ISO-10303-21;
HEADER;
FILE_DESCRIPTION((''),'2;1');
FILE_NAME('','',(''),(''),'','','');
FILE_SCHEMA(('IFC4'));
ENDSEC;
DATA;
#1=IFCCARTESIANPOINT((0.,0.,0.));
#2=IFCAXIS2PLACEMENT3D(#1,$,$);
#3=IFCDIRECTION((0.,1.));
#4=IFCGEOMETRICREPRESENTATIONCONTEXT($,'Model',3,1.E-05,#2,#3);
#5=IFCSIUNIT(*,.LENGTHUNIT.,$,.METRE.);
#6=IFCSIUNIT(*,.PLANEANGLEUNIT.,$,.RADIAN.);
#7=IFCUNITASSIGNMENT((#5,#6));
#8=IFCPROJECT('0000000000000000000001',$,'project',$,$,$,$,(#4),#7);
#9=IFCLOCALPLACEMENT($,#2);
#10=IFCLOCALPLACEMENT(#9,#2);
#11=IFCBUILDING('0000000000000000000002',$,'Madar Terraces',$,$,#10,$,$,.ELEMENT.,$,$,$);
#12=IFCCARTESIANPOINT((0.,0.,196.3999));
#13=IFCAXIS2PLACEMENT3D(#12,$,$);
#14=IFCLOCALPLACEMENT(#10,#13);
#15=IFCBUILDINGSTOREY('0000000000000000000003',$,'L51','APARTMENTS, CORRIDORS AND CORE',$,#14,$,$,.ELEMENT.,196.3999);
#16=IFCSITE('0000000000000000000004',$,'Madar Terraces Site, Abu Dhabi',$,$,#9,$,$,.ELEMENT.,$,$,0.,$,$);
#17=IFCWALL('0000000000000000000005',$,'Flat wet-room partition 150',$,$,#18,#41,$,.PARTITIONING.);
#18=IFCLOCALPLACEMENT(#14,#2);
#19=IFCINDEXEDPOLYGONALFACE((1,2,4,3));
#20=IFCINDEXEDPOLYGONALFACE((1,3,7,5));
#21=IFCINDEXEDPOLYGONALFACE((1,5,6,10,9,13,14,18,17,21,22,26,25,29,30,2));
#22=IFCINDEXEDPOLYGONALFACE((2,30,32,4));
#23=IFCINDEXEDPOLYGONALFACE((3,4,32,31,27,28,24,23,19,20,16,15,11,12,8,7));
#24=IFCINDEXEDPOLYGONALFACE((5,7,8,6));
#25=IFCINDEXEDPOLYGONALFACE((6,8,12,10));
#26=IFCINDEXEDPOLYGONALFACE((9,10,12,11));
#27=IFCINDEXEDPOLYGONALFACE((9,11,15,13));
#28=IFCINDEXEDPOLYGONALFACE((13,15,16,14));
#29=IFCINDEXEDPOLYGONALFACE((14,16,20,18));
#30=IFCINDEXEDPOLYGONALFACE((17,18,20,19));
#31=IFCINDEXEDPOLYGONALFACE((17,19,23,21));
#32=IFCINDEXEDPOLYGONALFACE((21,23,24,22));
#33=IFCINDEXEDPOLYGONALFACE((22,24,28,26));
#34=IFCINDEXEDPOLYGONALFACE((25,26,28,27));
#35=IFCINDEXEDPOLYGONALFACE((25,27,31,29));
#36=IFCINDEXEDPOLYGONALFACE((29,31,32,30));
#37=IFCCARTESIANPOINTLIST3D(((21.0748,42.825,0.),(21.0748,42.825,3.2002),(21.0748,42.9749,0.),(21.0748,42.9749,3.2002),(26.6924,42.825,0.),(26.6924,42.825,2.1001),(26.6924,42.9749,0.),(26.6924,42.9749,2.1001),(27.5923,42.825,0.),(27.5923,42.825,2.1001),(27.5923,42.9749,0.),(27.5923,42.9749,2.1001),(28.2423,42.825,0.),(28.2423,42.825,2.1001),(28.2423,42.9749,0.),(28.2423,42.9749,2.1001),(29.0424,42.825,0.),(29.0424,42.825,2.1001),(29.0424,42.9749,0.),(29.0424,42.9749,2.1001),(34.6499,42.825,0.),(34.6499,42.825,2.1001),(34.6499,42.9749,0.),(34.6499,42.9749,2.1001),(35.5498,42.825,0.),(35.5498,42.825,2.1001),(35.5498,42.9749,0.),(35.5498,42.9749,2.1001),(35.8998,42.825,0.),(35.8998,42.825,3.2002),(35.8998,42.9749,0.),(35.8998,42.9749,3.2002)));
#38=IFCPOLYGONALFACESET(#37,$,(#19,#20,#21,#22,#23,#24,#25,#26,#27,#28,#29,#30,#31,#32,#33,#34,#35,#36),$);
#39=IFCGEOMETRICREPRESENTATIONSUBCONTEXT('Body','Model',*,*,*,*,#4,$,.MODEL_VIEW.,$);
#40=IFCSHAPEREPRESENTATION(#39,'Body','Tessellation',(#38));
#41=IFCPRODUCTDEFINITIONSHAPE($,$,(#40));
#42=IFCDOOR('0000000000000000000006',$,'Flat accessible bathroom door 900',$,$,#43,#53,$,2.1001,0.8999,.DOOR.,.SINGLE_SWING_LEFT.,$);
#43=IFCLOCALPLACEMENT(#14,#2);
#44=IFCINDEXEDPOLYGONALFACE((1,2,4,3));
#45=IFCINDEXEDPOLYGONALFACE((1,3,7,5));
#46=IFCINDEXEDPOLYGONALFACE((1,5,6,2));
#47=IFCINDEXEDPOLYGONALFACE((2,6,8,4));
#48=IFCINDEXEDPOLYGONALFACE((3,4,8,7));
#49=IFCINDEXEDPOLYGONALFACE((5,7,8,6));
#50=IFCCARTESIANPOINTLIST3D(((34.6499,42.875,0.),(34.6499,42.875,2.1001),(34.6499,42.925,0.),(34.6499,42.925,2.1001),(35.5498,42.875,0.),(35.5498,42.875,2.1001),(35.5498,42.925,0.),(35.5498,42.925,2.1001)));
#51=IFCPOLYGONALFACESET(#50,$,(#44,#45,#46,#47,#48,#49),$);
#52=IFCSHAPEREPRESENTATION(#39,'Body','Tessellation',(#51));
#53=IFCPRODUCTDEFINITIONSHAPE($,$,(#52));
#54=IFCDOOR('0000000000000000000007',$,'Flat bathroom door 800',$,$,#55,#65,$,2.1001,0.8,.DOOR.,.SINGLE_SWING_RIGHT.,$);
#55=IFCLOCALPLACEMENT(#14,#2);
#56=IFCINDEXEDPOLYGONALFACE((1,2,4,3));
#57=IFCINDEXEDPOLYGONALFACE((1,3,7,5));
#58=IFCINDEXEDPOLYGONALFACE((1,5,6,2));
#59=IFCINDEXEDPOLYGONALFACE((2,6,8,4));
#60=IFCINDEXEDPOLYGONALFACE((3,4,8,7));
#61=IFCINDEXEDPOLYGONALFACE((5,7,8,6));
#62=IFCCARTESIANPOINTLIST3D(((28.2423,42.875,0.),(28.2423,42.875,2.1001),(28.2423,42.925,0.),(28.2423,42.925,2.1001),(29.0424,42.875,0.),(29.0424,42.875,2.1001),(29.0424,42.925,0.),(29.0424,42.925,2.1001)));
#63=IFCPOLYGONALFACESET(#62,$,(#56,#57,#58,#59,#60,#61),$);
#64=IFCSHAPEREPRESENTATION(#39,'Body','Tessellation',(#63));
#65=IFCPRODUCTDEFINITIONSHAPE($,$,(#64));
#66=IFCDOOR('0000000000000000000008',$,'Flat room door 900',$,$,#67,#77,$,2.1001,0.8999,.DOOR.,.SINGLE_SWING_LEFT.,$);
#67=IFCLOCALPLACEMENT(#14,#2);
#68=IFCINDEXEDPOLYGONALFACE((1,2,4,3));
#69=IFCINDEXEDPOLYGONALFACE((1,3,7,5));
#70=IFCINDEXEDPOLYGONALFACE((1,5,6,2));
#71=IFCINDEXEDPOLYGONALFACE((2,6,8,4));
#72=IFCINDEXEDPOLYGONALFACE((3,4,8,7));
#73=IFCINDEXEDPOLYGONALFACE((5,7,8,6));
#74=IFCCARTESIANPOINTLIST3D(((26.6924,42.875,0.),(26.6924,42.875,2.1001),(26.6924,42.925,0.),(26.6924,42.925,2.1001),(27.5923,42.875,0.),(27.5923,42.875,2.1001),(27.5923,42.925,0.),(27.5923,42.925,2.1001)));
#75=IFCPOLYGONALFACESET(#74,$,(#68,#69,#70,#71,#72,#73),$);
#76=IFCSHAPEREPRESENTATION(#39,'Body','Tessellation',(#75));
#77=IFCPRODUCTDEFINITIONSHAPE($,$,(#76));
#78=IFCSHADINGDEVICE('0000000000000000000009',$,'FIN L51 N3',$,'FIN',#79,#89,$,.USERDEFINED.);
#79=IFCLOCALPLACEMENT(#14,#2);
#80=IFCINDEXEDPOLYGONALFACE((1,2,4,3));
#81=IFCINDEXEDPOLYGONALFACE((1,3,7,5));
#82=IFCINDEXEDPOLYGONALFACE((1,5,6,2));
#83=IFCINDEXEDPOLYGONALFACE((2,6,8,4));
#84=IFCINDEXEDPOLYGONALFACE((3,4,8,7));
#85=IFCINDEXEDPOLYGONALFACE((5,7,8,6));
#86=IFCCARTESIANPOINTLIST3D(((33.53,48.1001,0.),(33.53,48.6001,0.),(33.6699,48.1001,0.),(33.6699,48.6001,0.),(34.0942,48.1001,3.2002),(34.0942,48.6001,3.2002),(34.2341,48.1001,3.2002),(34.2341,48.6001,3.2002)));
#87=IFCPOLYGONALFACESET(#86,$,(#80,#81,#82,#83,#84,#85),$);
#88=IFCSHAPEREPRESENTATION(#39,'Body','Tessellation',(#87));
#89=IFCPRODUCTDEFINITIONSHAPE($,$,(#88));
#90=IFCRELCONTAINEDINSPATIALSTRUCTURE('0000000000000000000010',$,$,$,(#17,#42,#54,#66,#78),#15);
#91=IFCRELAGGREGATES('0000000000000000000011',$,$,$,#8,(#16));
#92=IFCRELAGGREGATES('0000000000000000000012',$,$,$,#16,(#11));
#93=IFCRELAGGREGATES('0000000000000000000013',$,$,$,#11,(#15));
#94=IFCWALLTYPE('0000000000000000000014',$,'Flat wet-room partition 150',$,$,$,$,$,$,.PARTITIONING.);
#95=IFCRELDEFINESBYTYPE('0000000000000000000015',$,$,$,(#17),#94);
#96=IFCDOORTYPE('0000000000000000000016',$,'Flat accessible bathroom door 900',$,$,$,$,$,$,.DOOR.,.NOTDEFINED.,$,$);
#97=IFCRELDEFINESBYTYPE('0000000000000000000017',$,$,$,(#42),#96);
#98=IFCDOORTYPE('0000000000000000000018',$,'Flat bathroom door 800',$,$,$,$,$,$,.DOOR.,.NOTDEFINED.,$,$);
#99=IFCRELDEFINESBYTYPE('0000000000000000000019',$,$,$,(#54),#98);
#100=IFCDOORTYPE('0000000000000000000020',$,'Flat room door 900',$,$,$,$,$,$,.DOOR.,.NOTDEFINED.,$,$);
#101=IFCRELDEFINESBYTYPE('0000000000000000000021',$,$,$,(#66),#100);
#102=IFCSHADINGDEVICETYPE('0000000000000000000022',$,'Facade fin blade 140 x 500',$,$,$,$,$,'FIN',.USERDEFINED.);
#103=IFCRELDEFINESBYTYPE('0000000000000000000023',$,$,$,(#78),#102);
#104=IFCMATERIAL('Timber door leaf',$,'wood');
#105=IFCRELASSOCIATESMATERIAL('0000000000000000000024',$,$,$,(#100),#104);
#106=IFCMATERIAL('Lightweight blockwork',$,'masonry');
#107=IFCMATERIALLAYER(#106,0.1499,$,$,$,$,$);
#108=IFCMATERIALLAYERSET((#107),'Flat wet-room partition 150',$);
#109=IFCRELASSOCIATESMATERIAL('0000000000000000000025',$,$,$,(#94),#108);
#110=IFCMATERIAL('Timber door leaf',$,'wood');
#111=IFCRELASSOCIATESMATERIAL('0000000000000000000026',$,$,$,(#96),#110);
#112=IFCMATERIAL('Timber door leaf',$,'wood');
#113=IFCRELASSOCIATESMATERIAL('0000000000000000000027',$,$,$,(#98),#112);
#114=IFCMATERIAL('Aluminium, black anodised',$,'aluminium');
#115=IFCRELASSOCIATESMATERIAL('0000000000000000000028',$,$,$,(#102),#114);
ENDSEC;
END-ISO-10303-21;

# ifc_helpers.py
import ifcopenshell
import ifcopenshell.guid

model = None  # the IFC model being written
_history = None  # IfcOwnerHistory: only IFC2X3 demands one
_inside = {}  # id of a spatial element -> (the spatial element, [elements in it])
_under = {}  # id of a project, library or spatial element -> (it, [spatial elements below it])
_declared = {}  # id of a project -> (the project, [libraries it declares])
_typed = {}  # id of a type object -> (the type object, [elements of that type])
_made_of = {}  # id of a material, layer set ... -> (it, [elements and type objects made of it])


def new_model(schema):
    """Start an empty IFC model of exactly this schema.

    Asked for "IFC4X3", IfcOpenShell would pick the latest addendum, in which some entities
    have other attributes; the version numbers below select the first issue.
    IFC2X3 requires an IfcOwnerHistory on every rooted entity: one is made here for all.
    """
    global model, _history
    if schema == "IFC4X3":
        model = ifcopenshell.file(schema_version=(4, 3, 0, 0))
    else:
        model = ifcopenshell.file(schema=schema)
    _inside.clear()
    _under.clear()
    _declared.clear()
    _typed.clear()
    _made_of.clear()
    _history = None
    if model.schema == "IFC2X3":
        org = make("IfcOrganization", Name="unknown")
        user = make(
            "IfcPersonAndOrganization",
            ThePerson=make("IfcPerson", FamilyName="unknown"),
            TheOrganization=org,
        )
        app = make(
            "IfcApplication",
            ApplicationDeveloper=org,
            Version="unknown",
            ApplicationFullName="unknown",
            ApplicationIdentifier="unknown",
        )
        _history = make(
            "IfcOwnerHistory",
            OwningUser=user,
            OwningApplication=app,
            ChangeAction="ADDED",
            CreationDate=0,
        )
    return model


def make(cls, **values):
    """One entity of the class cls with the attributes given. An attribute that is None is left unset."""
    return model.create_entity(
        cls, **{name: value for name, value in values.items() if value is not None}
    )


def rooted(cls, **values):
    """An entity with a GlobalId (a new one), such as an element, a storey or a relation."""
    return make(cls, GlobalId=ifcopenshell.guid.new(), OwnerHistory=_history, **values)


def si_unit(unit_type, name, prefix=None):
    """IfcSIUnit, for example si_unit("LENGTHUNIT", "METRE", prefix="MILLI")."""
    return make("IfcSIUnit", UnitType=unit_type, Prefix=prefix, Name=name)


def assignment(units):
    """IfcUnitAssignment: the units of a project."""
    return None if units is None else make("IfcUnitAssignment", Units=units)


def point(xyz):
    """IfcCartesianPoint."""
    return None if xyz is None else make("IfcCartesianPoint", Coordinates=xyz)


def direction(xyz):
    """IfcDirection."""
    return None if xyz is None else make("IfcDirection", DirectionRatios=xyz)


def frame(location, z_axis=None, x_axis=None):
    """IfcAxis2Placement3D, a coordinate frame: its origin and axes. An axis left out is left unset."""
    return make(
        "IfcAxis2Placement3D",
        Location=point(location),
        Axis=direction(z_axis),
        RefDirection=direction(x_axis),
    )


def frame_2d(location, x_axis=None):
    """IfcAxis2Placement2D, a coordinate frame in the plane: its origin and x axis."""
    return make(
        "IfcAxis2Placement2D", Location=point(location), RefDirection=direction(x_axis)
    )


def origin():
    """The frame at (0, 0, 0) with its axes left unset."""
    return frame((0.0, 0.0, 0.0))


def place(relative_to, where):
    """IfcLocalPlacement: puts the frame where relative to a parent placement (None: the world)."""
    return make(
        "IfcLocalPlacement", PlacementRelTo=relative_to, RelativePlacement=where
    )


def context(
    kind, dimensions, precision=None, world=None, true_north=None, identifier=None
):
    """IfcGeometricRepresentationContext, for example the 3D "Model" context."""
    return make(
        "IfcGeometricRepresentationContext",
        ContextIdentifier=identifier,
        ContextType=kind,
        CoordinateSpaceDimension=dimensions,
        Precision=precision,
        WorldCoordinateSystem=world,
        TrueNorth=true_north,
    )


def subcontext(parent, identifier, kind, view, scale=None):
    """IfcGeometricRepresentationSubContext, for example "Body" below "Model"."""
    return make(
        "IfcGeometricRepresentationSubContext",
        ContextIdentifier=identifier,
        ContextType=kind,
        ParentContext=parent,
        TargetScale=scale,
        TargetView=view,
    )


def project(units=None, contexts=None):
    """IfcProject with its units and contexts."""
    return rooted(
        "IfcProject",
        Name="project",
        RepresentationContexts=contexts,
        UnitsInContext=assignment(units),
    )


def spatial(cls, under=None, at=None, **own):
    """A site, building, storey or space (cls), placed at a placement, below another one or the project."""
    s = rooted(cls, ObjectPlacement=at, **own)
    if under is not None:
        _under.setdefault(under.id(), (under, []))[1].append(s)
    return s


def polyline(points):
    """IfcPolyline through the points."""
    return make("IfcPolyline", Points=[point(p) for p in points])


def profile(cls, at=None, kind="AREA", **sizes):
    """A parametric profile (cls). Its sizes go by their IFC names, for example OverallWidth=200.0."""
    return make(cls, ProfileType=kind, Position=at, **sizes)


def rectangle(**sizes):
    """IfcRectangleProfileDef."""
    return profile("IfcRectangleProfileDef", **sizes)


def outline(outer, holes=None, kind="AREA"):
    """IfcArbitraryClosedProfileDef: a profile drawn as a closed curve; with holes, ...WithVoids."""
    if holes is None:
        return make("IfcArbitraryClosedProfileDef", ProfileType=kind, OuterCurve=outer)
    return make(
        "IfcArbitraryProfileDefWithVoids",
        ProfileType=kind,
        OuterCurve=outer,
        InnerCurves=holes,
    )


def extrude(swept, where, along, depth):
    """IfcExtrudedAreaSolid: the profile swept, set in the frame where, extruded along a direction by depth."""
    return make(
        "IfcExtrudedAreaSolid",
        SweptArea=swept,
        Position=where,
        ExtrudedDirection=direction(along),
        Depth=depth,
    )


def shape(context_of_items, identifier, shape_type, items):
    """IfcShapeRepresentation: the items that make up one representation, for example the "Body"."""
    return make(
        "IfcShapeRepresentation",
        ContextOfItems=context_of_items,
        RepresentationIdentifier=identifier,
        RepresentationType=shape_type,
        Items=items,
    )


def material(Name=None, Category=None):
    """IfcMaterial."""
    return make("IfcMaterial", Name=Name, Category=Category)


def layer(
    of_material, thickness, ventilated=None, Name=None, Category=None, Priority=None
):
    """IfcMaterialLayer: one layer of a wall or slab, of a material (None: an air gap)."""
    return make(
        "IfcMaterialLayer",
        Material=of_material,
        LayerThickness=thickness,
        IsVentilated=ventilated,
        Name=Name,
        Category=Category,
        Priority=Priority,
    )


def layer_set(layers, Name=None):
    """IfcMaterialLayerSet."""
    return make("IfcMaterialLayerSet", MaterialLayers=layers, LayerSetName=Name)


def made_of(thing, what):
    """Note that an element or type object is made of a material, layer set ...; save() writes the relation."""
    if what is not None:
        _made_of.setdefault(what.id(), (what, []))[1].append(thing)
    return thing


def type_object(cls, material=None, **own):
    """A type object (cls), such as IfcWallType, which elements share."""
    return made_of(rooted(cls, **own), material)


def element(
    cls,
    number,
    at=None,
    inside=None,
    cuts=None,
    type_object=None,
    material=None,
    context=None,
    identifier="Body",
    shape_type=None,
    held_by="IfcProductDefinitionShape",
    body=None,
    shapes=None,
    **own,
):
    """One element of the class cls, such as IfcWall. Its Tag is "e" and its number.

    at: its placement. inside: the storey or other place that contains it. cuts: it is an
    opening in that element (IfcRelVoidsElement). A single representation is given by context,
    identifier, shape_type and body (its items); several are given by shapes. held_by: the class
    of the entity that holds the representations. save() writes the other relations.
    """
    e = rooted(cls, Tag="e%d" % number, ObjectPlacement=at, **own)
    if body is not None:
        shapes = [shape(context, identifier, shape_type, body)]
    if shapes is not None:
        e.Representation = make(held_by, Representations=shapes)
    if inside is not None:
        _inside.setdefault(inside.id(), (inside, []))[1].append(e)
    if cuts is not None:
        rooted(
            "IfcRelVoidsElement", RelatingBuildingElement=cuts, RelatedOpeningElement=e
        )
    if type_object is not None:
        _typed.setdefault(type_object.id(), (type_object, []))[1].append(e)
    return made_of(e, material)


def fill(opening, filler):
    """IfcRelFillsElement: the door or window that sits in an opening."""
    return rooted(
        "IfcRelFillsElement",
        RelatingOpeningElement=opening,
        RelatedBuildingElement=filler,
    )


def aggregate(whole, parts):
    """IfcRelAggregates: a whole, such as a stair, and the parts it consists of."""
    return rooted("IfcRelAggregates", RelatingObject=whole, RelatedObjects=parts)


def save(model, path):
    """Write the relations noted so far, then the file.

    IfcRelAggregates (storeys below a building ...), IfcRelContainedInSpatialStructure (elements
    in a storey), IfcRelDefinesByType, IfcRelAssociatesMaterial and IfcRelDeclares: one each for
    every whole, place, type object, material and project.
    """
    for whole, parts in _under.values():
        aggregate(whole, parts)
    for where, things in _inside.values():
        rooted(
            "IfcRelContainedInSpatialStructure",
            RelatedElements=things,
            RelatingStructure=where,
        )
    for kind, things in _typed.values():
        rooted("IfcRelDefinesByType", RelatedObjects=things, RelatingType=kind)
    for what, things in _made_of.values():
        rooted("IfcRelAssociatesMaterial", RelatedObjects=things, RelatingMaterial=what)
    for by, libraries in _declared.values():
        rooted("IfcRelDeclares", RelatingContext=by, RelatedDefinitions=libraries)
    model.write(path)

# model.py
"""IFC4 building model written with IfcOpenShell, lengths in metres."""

from ifc_helpers import new_model, si_unit, direction, frame, frame_2d, origin, place, context, subcontext, project, spatial, polyline, rectangle, outline, extrude, material, layer, layer_set, type_object, element, fill, save


model = new_model("IFC4")

# Units and contexts
model_context = context("Model", 3, precision=1e-05, world=origin(), true_north=direction((0.0, 1.0)))
body_context = subcontext(model_context, "Body", "Model", "MODEL_VIEW")
ifc_project = project(units=[si_unit("LENGTHUNIT", "METRE"), si_unit("PLANEANGLEUNIT", "RADIAN")], contexts=[model_context])

# Site, building, storey
site_placement = place(None, origin())
site = spatial("IfcSite", under=ifc_project, at=site_placement, Name="Madar Terraces Site, Abu Dhabi", CompositionType="ELEMENT", RefElevation=0.0)
building_placement = place(site_placement, origin())
building = spatial("IfcBuilding", under=site, at=building_placement, Name="Madar Terraces", CompositionType="ELEMENT")
storey_placement = place(building_placement, frame((0.0, 0.0, 196.3999)))
storey = spatial("IfcBuildingStorey", under=building, at=storey_placement, Name="L51", Description="APARTMENTS, CORRIDORS AND CORE", CompositionType="ELEMENT", Elevation=196.3999)

# Shared definitions
ifc_material_1 = material(Name="Timber door leaf", Category="wood")
door_type_1 = type_object("IfcDoorType", Name="Flat room door 900", OperationType="NOTDEFINED", PredefinedType="DOOR", material=ifc_material_1)

# Shared definitions
ifc_material_2 = material(Name="Lightweight blockwork", Category="masonry")
ifc_layer_1 = layer(ifc_material_2, 0.1499)
ifc_layer_set_1 = layer_set([ifc_layer_1], Name="Flat wet-room partition 150")
wall_type_1 = type_object("IfcWallType", Name="Flat wet-room partition 150", PredefinedType="PARTITIONING", material=ifc_layer_set_1)

# Wall, openings, doors
wall_1_placement = place(storey_placement, frame((35.8999, 42.8999, 0.0), z_axis=(0.0, 0.0, 1.0), x_axis=(-1.0, 0.0, 0.0)))
wall_1 = element("IfcWall", 1, at=wall_1_placement, inside=storey, type_object=wall_type_1, Name="Flat wet-room partition 150", PredefinedType="PARTITIONING", context=body_context, shape_type="SweptSolid", body=[
    extrude(rectangle(XDim=14.825, YDim=0.1499, at=frame_2d((7.4126, 0.0))), origin(), (0.0, 0.0, 1.0), 3.2002),
])
opening_1_placement = place(wall_1_placement, frame((8.3076, 0.0, 0.0)))
opening_1 = element("IfcOpeningElement", 2, at=opening_1_placement, cuts=wall_1, PredefinedType="OPENING", context=body_context, shape_type="SweptSolid", body=[
    extrude(rectangle(XDim=0.8999, YDim=2.1001, at=frame_2d((0.45, 1.05))), frame((0.0, 0.085, 0.0), z_axis=(0.0, -1.0, 0.0), x_axis=(1.0, 0.0, 0.0)), (0.0, 0.0, 1.0), 0.1699),
])
opening_2_placement = place(wall_1_placement, frame((6.8577, 0.0, 0.0)))
opening_2 = element("IfcOpeningElement", 3, at=opening_2_placement, cuts=wall_1, PredefinedType="OPENING", context=body_context, shape_type="SweptSolid", body=[
    extrude(rectangle(XDim=0.8, YDim=2.1001, at=frame_2d((0.3999, 1.05))), frame((0.0, 0.085, 0.0), z_axis=(0.0, -1.0, 0.0), x_axis=(1.0, 0.0, 0.0)), (0.0, 0.0, 1.0), 0.1699),
])
opening_3_placement = place(wall_1_placement, frame((0.3501, 0.0, 0.0)))
opening_3 = element("IfcOpeningElement", 4, at=opening_3_placement, cuts=wall_1, PredefinedType="OPENING", context=body_context, shape_type="SweptSolid", body=[
    extrude(rectangle(XDim=0.8999, YDim=2.1001, at=frame_2d((0.45, 1.05))), frame((0.0, 0.085, 0.0), z_axis=(0.0, -1.0, 0.0), x_axis=(1.0, 0.0, 0.0)), (0.0, 0.0, 1.0), 0.1699),
])
ifc_material_3 = material(Name="Timber door leaf", Category="wood")
door_type_2 = type_object("IfcDoorType", Name="Flat accessible bathroom door 900", OperationType="NOTDEFINED", PredefinedType="DOOR", material=ifc_material_3)
door_1_placement = place(opening_3_placement, origin())
door_1 = element("IfcDoor", 5, at=door_1_placement, inside=storey, type_object=door_type_2, Name="Flat accessible bathroom door 900", OperationType="SINGLE_SWING_LEFT", OverallHeight=2.1001, OverallWidth=0.8999, PredefinedType="DOOR", context=body_context, shape_type="SweptSolid", body=[
    extrude(rectangle(XDim=0.8999, YDim=2.1001, at=frame_2d((0.45, 1.05))), frame((0.0, 0.0249, 0.0), z_axis=(0.0, -1.0, 0.0), x_axis=(1.0, 0.0, 0.0)), (0.0, 0.0, 1.0), 0.05),
])
fill(opening_3, door_1)
ifc_material_4 = material(Name="Timber door leaf", Category="wood")
door_type_3 = type_object("IfcDoorType", Name="Flat bathroom door 800", OperationType="NOTDEFINED", PredefinedType="DOOR", material=ifc_material_4)
door_2_placement = place(opening_2_placement, origin())
door_2 = element("IfcDoor", 6, at=door_2_placement, inside=storey, type_object=door_type_3, Name="Flat bathroom door 800", OperationType="SINGLE_SWING_RIGHT", OverallHeight=2.1001, OverallWidth=0.8, PredefinedType="DOOR", context=body_context, shape_type="SweptSolid", body=[
    extrude(rectangle(XDim=0.8, YDim=2.1001, at=frame_2d((0.3999, 1.05))), frame((0.0, 0.0249, 0.0), z_axis=(0.0, -1.0, 0.0), x_axis=(1.0, 0.0, 0.0)), (0.0, 0.0, 1.0), 0.05),
])
fill(opening_2, door_2)
door_3_placement = place(opening_1_placement, origin())
door_3 = element("IfcDoor", 7, at=door_3_placement, inside=storey, type_object=door_type_1, Name="Flat room door 900", OperationType="SINGLE_SWING_LEFT", OverallHeight=2.1001, OverallWidth=0.8999, PredefinedType="DOOR", context=body_context, shape_type="SweptSolid", body=[
    extrude(rectangle(XDim=0.8999, YDim=2.1001, at=frame_2d((0.45, 1.05))), frame((0.0, 0.0249, 0.0), z_axis=(0.0, -1.0, 0.0), x_axis=(1.0, 0.0, 0.0)), (0.0, 0.0, 1.0), 0.05),
])
fill(opening_1, door_3)

# Shading device
ifc_material_5 = material(Name="Aluminium, black anodised", Category="aluminium")
shading_device_type = type_object("IfcShadingDeviceType", Name="Facade fin blade 140 x 500", ElementType="FIN", PredefinedType="USERDEFINED", material=ifc_material_5)
shading_device_placement = place(storey_placement, frame((33.6699, 48.3501, 0.0), z_axis=(0.0, 0.0, 1.0), x_axis=(-1.0, 0.0, 0.0)))
element("IfcShadingDevice", 8, at=shading_device_placement, inside=storey, type_object=shading_device_type, Name="FIN L51 N3", ObjectType="FIN", PredefinedType="USERDEFINED", context=body_context, shape_type="SweptSolid", body=[
    extrude(outline(polyline([(0.0, 0.0), (0.1399, 0.0), (-0.4243, 3.2002), (-0.5642, 3.2002), (0.0, 0.0)])), frame((0.0, 0.25, 0.0), z_axis=(0.0, -1.0, 0.0), x_axis=(1.0, 0.0, 0.0)), (0.0, 0.0, 1.0), 0.5),
])

save(model, "model.ifc")
